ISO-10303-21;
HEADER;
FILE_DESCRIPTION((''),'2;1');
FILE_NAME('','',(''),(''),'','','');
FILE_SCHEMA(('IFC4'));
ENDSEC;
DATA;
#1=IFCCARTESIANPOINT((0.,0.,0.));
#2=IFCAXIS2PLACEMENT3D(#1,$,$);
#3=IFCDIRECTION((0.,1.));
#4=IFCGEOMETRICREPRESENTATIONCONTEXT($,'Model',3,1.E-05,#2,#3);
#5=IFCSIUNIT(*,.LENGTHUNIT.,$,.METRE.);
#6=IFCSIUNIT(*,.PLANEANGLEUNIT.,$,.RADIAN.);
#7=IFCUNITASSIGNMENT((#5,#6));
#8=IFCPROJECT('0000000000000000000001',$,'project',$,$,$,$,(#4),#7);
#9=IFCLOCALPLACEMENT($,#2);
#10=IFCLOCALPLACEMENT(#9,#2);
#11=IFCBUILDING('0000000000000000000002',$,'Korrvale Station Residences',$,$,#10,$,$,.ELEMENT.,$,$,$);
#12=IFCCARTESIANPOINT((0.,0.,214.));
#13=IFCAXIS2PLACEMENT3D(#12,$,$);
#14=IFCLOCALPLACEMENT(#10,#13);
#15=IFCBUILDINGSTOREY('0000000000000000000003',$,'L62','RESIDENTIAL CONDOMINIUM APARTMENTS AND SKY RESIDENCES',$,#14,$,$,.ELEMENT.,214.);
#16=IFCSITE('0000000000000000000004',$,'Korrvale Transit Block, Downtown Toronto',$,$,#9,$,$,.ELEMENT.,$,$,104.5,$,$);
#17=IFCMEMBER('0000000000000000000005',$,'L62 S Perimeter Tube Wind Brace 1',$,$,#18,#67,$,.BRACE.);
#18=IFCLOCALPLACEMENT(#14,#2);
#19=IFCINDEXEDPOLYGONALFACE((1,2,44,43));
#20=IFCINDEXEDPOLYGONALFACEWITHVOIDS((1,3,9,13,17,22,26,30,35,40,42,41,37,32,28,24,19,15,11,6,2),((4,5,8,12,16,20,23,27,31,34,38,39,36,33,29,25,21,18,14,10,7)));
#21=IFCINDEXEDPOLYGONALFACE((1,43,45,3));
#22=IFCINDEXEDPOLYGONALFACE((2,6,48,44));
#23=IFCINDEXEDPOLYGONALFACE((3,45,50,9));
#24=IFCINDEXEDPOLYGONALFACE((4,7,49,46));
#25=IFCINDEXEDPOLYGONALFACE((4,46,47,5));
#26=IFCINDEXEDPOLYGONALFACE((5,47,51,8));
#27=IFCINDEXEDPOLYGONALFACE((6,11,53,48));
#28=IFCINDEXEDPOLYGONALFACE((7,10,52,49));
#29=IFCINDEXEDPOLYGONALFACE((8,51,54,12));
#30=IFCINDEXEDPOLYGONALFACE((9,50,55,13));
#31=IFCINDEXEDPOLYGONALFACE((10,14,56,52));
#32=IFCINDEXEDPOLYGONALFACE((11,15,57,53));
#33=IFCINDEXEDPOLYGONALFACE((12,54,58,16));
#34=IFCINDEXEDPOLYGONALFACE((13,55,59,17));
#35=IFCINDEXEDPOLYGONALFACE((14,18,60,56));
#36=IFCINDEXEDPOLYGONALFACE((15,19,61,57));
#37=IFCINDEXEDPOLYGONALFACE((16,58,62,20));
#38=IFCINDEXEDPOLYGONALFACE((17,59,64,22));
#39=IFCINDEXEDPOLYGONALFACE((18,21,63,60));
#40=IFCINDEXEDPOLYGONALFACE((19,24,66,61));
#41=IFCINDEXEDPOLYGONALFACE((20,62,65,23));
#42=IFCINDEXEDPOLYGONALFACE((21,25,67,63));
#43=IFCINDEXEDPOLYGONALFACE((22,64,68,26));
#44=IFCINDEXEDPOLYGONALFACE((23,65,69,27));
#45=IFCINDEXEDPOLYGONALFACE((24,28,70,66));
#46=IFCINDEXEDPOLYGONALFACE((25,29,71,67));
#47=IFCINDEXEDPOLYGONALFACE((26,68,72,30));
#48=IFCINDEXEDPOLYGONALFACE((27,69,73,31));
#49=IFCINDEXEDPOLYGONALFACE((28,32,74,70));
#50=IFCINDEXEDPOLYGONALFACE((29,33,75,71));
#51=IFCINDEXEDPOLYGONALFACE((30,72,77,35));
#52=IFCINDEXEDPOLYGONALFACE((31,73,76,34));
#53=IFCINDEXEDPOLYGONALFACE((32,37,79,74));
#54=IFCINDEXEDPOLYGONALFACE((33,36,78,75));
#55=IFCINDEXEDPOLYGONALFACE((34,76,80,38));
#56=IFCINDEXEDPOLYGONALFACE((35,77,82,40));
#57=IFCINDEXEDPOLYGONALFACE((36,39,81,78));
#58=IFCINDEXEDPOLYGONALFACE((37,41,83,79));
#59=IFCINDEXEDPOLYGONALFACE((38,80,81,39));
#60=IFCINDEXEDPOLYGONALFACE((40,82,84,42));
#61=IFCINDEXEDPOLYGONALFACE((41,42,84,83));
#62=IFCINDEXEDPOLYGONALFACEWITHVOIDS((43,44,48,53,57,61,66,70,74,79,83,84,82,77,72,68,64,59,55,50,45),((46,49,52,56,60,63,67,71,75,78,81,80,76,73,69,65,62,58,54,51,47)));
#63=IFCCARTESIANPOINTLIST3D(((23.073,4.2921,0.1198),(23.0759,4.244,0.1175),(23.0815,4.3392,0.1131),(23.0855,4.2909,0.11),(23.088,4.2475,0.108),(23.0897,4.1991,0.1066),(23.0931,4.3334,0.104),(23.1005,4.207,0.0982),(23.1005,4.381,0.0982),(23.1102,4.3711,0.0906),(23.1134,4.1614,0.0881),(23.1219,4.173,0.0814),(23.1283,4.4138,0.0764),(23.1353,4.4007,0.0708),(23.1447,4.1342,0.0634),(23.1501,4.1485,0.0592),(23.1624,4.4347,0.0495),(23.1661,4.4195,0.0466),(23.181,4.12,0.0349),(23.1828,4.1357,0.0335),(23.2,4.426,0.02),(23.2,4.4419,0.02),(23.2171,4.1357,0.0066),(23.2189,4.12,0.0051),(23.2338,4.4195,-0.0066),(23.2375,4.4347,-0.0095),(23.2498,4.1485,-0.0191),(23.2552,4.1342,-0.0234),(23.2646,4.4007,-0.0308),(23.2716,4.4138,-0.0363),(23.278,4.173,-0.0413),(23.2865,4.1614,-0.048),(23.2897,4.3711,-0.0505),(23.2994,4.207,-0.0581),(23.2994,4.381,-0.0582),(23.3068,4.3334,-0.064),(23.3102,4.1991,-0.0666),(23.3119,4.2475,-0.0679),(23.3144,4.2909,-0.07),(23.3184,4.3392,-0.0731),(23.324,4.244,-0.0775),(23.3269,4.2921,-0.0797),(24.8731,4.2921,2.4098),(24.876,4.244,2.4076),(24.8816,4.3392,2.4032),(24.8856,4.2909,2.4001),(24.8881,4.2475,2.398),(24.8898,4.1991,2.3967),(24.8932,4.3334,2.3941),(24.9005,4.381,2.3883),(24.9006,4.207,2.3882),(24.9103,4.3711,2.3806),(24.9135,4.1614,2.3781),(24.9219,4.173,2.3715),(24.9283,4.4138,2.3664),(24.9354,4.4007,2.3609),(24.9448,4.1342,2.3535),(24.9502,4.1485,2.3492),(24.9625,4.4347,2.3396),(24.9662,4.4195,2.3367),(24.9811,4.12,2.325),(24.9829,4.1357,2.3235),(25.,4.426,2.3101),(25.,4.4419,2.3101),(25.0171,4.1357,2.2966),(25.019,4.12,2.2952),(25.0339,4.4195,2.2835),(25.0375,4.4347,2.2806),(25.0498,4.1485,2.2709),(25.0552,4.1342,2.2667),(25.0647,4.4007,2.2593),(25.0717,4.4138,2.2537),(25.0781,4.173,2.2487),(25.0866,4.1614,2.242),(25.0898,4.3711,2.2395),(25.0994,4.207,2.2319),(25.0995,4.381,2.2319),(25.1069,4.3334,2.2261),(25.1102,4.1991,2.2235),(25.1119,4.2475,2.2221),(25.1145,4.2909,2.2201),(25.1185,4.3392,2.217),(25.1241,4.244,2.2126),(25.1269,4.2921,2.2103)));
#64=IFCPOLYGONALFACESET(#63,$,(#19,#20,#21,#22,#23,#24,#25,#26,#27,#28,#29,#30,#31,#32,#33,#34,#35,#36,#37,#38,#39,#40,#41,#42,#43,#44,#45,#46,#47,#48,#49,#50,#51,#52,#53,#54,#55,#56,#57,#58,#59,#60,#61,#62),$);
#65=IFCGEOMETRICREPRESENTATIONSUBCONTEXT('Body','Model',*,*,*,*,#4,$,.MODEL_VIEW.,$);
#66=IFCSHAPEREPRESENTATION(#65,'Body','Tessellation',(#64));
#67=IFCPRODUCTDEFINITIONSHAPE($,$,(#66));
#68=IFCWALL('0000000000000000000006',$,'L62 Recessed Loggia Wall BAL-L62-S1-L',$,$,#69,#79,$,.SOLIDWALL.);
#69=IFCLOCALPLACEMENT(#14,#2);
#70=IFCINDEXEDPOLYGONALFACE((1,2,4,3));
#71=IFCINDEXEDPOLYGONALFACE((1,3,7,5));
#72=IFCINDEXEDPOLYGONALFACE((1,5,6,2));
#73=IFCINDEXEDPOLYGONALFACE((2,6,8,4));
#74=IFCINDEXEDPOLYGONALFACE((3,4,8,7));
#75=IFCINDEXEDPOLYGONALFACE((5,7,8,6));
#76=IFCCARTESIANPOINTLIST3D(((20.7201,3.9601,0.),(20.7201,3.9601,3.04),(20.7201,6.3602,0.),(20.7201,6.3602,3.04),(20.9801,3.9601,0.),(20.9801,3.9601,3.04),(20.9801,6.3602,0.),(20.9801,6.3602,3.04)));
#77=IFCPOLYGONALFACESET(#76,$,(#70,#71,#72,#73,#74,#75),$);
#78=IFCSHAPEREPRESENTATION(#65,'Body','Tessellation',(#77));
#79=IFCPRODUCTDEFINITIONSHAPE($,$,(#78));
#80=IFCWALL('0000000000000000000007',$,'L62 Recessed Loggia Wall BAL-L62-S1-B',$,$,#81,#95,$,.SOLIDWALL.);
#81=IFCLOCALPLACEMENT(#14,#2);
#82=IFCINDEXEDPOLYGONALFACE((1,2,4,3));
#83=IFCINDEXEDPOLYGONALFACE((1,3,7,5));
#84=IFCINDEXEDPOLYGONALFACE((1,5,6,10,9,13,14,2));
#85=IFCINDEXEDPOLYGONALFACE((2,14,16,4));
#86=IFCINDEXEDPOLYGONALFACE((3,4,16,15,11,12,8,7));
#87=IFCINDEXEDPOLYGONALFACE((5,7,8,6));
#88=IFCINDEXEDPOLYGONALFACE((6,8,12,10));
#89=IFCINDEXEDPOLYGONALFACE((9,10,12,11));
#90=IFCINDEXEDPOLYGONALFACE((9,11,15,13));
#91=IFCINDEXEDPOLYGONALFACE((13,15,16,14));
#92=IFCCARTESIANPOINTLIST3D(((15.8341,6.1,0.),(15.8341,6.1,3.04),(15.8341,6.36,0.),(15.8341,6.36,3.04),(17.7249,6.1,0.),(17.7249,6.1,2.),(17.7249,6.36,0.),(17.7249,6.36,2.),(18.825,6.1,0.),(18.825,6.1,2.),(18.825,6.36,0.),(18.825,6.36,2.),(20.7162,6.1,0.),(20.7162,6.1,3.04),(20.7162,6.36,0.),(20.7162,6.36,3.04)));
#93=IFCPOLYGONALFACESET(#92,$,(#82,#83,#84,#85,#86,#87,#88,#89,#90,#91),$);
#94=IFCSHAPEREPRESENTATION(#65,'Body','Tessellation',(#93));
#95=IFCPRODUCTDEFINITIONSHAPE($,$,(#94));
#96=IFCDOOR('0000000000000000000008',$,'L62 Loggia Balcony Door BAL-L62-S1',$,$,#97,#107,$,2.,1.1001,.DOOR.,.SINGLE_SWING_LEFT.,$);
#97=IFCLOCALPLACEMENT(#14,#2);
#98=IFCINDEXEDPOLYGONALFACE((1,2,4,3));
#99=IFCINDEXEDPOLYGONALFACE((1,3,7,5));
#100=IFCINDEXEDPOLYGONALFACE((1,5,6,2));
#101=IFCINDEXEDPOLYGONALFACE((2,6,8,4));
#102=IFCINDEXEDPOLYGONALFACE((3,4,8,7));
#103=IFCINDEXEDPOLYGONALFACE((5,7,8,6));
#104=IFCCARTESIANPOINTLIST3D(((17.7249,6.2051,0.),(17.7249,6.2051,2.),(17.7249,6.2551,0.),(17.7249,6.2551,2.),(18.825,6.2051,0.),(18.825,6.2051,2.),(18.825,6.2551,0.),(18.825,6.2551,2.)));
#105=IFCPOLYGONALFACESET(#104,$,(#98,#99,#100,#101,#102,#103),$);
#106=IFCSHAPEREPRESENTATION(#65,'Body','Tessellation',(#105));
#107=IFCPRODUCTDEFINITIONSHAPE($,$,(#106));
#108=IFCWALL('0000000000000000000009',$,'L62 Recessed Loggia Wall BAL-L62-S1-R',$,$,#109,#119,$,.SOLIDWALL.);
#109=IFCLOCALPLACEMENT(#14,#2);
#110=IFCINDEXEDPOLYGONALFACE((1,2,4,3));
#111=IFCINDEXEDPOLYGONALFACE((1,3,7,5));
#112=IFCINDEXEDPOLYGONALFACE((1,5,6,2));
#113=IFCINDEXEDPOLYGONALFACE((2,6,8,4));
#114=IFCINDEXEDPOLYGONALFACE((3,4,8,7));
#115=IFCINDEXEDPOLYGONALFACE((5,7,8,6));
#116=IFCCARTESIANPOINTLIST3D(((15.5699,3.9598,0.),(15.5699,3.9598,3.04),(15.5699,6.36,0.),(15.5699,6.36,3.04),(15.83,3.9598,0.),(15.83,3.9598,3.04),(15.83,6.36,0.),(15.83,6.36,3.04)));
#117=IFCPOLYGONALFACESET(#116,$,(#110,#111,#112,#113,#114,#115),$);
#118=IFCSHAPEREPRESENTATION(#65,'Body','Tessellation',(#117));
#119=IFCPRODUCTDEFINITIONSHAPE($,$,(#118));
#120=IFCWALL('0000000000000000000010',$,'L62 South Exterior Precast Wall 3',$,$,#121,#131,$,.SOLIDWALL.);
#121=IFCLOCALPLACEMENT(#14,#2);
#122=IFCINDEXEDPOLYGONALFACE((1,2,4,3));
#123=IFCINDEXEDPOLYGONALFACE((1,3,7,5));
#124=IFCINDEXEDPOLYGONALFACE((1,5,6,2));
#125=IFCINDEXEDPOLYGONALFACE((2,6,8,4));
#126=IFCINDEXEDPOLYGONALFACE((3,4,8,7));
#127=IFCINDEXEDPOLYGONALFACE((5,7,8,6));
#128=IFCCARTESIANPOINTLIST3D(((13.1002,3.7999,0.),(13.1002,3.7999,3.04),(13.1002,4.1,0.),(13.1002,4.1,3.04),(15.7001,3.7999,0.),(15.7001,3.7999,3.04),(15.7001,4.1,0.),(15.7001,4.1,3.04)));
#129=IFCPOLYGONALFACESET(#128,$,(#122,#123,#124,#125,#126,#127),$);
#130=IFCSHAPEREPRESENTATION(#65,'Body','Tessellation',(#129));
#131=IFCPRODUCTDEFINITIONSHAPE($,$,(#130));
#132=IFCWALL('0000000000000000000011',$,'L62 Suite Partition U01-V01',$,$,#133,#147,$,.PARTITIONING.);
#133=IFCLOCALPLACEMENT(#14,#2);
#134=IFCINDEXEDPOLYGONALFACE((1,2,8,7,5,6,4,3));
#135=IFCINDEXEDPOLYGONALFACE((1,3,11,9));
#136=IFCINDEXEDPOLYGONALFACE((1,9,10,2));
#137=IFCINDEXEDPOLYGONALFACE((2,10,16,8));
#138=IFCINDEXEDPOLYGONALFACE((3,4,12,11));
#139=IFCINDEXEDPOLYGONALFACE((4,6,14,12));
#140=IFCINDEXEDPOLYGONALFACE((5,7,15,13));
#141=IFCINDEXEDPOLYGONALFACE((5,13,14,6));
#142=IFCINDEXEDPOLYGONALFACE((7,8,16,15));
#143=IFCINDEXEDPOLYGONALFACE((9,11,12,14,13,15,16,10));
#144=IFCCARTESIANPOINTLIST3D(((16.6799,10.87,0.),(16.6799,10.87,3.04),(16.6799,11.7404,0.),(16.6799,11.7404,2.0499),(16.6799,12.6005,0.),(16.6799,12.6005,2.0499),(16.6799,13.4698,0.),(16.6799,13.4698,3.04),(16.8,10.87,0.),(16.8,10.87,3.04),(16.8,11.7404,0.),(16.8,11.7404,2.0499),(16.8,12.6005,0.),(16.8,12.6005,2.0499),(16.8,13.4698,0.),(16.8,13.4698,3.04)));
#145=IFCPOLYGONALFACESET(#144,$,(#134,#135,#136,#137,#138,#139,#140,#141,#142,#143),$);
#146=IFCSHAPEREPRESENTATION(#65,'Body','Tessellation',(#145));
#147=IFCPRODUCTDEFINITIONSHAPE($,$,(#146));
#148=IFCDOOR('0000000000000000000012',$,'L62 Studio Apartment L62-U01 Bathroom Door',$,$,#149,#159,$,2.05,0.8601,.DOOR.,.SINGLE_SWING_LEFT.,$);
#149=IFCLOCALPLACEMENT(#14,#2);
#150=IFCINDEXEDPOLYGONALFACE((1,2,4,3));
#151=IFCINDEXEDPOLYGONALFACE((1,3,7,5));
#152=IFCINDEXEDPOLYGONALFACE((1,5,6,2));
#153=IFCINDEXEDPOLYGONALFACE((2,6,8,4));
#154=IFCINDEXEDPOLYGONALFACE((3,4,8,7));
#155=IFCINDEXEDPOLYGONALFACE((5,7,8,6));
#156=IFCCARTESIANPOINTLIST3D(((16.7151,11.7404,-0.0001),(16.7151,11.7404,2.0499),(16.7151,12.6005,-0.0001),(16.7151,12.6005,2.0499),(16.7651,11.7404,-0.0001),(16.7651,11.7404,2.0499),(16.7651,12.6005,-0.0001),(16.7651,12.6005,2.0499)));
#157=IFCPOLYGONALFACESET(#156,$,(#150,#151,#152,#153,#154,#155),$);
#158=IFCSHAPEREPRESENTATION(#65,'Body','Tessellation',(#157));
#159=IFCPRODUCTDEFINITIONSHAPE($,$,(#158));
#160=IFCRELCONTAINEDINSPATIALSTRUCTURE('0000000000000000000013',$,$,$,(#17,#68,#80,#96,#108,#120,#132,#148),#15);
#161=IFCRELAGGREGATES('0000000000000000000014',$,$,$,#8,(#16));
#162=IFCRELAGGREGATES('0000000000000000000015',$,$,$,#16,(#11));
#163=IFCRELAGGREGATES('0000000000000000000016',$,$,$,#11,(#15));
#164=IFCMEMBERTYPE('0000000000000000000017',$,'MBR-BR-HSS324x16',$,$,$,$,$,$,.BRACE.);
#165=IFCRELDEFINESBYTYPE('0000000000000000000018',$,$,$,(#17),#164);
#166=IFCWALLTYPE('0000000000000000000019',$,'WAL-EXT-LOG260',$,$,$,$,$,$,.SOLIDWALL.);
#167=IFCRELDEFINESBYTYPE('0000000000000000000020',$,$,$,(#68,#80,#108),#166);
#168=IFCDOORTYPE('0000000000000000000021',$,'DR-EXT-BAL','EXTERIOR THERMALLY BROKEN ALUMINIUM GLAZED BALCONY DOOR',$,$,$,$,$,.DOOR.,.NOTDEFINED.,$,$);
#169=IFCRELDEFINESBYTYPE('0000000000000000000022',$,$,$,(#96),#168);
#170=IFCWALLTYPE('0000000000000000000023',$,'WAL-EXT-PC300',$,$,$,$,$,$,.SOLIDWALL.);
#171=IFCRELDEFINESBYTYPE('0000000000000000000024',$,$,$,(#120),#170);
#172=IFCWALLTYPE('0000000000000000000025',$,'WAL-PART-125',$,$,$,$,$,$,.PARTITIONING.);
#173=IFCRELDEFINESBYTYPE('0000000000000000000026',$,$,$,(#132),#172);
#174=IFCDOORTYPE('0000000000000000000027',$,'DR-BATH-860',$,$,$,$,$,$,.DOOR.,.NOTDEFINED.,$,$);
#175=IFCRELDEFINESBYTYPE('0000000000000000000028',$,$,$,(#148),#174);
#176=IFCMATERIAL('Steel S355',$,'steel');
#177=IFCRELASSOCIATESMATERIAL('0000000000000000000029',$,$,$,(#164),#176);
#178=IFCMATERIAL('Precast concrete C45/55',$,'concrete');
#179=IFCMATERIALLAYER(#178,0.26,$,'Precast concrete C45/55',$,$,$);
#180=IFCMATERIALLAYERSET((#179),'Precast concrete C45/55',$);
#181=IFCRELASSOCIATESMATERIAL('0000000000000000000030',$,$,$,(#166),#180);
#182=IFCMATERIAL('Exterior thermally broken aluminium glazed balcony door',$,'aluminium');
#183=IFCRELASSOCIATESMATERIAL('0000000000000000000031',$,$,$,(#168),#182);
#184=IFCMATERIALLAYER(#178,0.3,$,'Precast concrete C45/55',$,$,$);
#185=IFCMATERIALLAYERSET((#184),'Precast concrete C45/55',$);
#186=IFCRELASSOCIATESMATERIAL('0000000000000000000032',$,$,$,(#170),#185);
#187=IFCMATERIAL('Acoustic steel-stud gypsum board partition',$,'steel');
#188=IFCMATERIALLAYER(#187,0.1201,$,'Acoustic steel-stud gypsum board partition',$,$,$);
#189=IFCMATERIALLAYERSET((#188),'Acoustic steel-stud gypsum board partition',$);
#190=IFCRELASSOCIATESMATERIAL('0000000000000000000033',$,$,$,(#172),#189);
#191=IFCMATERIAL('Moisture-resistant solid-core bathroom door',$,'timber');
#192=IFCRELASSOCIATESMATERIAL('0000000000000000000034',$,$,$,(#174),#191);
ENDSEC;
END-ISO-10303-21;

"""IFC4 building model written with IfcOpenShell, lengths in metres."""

from ifc_helpers import new_model, si_unit, direction, frame, frame_2d, origin, origin_2d, place, context, subcontext, project, spatial, rectangle, hollow_circle, extrude, material, layer, layer_set, material_profile, profile_set, type_object, element, fill, save


model = new_model("IFC4")

# Units and contexts
model_context = context("Model", 3, precision=1e-05, world=origin(), true_north=direction((0.0, 1.0)))
body_context = subcontext(model_context, "Body", "Model", "MODEL_VIEW")
ifc_project = project(units=[si_unit("LENGTHUNIT", "METRE"), si_unit("PLANEANGLEUNIT", "RADIAN")], contexts=[model_context])

# Site, building, storey
site_placement = place(None, origin())
site = spatial("IfcSite", under=ifc_project, at=site_placement, Name="Korrvale Transit Block, Downtown Toronto", CompositionType="ELEMENT", RefElevation=104.5)
building_placement = place(site_placement, origin())
building = spatial("IfcBuilding", under=site, at=building_placement, Name="Korrvale Station Residences", CompositionType="ELEMENT")
storey_placement = place(building_placement, frame((0.0, 0.0, 214.0)))
storey = spatial("IfcBuildingStorey", under=building, at=storey_placement, Name="L62", Description="RESIDENTIAL CONDOMINIUM APARTMENTS AND SKY RESIDENCES", CompositionType="ELEMENT", Elevation=214.0)

# Shared definitions
ifc_material_1 = material(Name="Steel S355", Category="steel")

# Member
ifc_material_profile_1 = material_profile(ifc_material_1, hollow_circle(Radius=0.1619, WallThickness=0.0159, at=origin_2d()), Name="HSS324x16")
ifc_profile_set_1 = profile_set([ifc_material_profile_1], Name="Steel S355")
member_type = type_object("IfcMemberType", Name="MBR-BR-HSS324x16", PredefinedType="BRACE", material=ifc_profile_set_1)
member_placement = place(storey_placement, frame((23.2, 4.28, 0.02), z_axis=(0.617977, 0.0, 0.786196), x_axis=(0.0, 1.0, 0.0)))
element("IfcMember", 1, at=member_placement, inside=storey, type_object=member_type, Name="L62 S Perimeter Tube Wind Brace 1", PredefinedType="BRACE", context=body_context, shape_type="SweptSolid", body=[
    extrude(hollow_circle(Radius=0.1619, WallThickness=0.0159, at=origin_2d()), origin(), (0.0, 0.0, 1.0), 2.9128),
])

# Wall
ifc_material_2 = material(Name="Precast concrete C45/55", Category="concrete")
ifc_layer_1 = layer(ifc_material_2, 0.26, Name="Precast concrete C45/55")
ifc_layer_set_1 = layer_set([ifc_layer_1], Name="Precast concrete C45/55")
wall_type_1 = type_object("IfcWallType", Name="WAL-EXT-LOG260", PredefinedType="SOLIDWALL", material=ifc_layer_set_1)
wall_1_placement = place(storey_placement, frame((20.8501, 3.96, 0.0), z_axis=(0.0, 0.0, 1.0), x_axis=(0.0, 1.0, 0.0)))
element("IfcWall", 2, at=wall_1_placement, inside=storey, type_object=wall_type_1, Name="L62 Recessed Loggia Wall BAL-L62-S1-L", PredefinedType="SOLIDWALL", context=body_context, shape_type="SweptSolid", body=[
    extrude(rectangle(XDim=2.4001, YDim=0.26, at=frame_2d((1.2002, 0.0))), origin(), (0.0, 0.0, 1.0), 3.04),
])

# Wall, opening, door
wall_2_placement = place(storey_placement, frame((20.7161, 6.23, 0.0), z_axis=(0.0, 0.0, 1.0), x_axis=(-1.0, 0.0, 0.0)))
wall_2 = element("IfcWall", 3, at=wall_2_placement, inside=storey, type_object=wall_type_1, Name="L62 Recessed Loggia Wall BAL-L62-S1-B", PredefinedType="SOLIDWALL", context=body_context, shape_type="SweptSolid", body=[
    extrude(rectangle(XDim=4.8821, YDim=0.26, at=frame_2d((2.4409, 0.0))), origin(), (0.0, 0.0, 1.0), 3.04),
])
opening_1_placement = place(wall_2_placement, frame((1.8911, 0.0, 0.0)))
opening_1 = element("IfcOpeningElement", 4, at=opening_1_placement, cuts=wall_2, PredefinedType="OPENING", context=body_context, shape_type="SweptSolid", body=[
    extrude(rectangle(XDim=1.1001, YDim=2.0, at=frame_2d((0.55, 1.0))), frame((0.0, 0.1401, 0.0), z_axis=(0.0, -1.0, 0.0), x_axis=(1.0, 0.0, 0.0)), (0.0, 0.0, 1.0), 0.28),
])
ifc_material_3 = material(Name="Exterior thermally broken aluminium glazed balcony door", Category="aluminium")
door_type_1 = type_object("IfcDoorType", Name="DR-EXT-BAL", Description="EXTERIOR THERMALLY BROKEN ALUMINIUM GLAZED BALCONY DOOR", OperationType="NOTDEFINED", PredefinedType="DOOR", material=ifc_material_3)
door_1_placement = place(opening_1_placement, origin())
door_1 = element("IfcDoor", 5, at=door_1_placement, inside=storey, type_object=door_type_1, Name="L62 Loggia Balcony Door BAL-L62-S1", OperationType="SINGLE_SWING_LEFT", OverallHeight=2.0, OverallWidth=1.1001, PredefinedType="DOOR", context=body_context, shape_type="SweptSolid", body=[
    extrude(rectangle(XDim=1.1001, YDim=2.0, at=frame_2d((0.55, 1.0))), frame((0.0, 0.0249, 0.0), z_axis=(0.0, -1.0, 0.0), x_axis=(1.0, 0.0, 0.0)), (0.0, 0.0, 1.0), 0.05),
])
fill(opening_1, door_1)

# Walls
wall_3_placement = place(storey_placement, frame((15.7, 6.3601, 0.0), z_axis=(0.0, 0.0, 1.0), x_axis=(0.0, -1.0, 0.0)))
element("IfcWall", 6, at=wall_3_placement, inside=storey, type_object=wall_type_1, Name="L62 Recessed Loggia Wall BAL-L62-S1-R", PredefinedType="SOLIDWALL", context=body_context, shape_type="SweptSolid", body=[
    extrude(rectangle(XDim=2.4001, YDim=0.26, at=frame_2d((1.2002, 0.0))), origin(), (0.0, 0.0, 1.0), 3.04),
])
ifc_layer_2 = layer(ifc_material_2, 0.3, Name="Precast concrete C45/55")
ifc_layer_set_2 = layer_set([ifc_layer_2], Name="Precast concrete C45/55")
wall_type_2 = type_object("IfcWallType", Name="WAL-EXT-PC300", PredefinedType="SOLIDWALL", material=ifc_layer_set_2)
wall_4_placement = place(storey_placement, frame((15.7, 3.95, 0.0), z_axis=(0.0, 0.0, 1.0), x_axis=(-1.0, 0.0, 0.0)))
element("IfcWall", 7, at=wall_4_placement, inside=storey, type_object=wall_type_2, Name="L62 South Exterior Precast Wall 3", PredefinedType="SOLIDWALL", context=body_context, shape_type="SweptSolid", body=[
    extrude(rectangle(XDim=2.5999, YDim=0.3, at=frame_2d((1.2998, 0.0))), origin(), (0.0, 0.0, 1.0), 3.04),
])

# Wall, opening, door
ifc_material_4 = material(Name="Acoustic steel-stud gypsum board partition", Category="steel")
ifc_layer_3 = layer(ifc_material_4, 0.1201, Name="Acoustic steel-stud gypsum board partition")
ifc_layer_set_3 = layer_set([ifc_layer_3], Name="Acoustic steel-stud gypsum board partition")
wall_type_3 = type_object("IfcWallType", Name="WAL-PART-125", PredefinedType="PARTITIONING", material=ifc_layer_set_3)
wall_5_placement = place(storey_placement, frame((16.74, 10.8701, 0.0), z_axis=(0.0, 0.0, 1.0), x_axis=(0.0, 1.0, 0.0)))
wall_5 = element("IfcWall", 8, at=wall_5_placement, inside=storey, type_object=wall_type_3, Name="L62 Suite Partition U01-V01", PredefinedType="PARTITIONING", context=body_context, shape_type="SweptSolid", body=[
    extrude(rectangle(XDim=2.5999, YDim=0.1201, at=frame_2d((1.2998, 0.0))), origin(), (0.0, 0.0, 1.0), 3.04),
])
opening_2_placement = place(wall_5_placement, frame((0.8701, 0.0, 0.0)))
opening_2 = element("IfcOpeningElement", 9, at=opening_2_placement, cuts=wall_5, PredefinedType="OPENING", context=body_context, shape_type="SweptSolid", body=[
    extrude(rectangle(XDim=0.8601, YDim=2.05, at=frame_2d((0.4302, 1.0249))), frame((0.0, 0.0701, 0.0), z_axis=(0.0, -1.0, 0.0), x_axis=(1.0, 0.0, 0.0)), (0.0, 0.0, 1.0), 0.1401),
])
ifc_material_5 = material(Name="Moisture-resistant solid-core bathroom door", Category="timber")
door_type_2 = type_object("IfcDoorType", Name="DR-BATH-860", OperationType="NOTDEFINED", PredefinedType="DOOR", material=ifc_material_5)
door_2_placement = place(opening_2_placement, origin())
door_2 = element("IfcDoor", 10, at=door_2_placement, inside=storey, type_object=door_type_2, Name="L62 Studio Apartment L62-U01 Bathroom Door", OperationType="SINGLE_SWING_LEFT", OverallHeight=2.05, OverallWidth=0.8601, PredefinedType="DOOR", context=body_context, shape_type="SweptSolid", body=[
    extrude(rectangle(XDim=0.8601, YDim=2.05, at=frame_2d((0.4302, 1.0249))), frame((0.0, 0.0249, 0.0), z_axis=(0.0, -1.0, 0.0), x_axis=(1.0, 0.0, 0.0)), (0.0, 0.0, 1.0), 0.05),
])
fill(opening_2, door_2)

save(model, "model.ifc")
